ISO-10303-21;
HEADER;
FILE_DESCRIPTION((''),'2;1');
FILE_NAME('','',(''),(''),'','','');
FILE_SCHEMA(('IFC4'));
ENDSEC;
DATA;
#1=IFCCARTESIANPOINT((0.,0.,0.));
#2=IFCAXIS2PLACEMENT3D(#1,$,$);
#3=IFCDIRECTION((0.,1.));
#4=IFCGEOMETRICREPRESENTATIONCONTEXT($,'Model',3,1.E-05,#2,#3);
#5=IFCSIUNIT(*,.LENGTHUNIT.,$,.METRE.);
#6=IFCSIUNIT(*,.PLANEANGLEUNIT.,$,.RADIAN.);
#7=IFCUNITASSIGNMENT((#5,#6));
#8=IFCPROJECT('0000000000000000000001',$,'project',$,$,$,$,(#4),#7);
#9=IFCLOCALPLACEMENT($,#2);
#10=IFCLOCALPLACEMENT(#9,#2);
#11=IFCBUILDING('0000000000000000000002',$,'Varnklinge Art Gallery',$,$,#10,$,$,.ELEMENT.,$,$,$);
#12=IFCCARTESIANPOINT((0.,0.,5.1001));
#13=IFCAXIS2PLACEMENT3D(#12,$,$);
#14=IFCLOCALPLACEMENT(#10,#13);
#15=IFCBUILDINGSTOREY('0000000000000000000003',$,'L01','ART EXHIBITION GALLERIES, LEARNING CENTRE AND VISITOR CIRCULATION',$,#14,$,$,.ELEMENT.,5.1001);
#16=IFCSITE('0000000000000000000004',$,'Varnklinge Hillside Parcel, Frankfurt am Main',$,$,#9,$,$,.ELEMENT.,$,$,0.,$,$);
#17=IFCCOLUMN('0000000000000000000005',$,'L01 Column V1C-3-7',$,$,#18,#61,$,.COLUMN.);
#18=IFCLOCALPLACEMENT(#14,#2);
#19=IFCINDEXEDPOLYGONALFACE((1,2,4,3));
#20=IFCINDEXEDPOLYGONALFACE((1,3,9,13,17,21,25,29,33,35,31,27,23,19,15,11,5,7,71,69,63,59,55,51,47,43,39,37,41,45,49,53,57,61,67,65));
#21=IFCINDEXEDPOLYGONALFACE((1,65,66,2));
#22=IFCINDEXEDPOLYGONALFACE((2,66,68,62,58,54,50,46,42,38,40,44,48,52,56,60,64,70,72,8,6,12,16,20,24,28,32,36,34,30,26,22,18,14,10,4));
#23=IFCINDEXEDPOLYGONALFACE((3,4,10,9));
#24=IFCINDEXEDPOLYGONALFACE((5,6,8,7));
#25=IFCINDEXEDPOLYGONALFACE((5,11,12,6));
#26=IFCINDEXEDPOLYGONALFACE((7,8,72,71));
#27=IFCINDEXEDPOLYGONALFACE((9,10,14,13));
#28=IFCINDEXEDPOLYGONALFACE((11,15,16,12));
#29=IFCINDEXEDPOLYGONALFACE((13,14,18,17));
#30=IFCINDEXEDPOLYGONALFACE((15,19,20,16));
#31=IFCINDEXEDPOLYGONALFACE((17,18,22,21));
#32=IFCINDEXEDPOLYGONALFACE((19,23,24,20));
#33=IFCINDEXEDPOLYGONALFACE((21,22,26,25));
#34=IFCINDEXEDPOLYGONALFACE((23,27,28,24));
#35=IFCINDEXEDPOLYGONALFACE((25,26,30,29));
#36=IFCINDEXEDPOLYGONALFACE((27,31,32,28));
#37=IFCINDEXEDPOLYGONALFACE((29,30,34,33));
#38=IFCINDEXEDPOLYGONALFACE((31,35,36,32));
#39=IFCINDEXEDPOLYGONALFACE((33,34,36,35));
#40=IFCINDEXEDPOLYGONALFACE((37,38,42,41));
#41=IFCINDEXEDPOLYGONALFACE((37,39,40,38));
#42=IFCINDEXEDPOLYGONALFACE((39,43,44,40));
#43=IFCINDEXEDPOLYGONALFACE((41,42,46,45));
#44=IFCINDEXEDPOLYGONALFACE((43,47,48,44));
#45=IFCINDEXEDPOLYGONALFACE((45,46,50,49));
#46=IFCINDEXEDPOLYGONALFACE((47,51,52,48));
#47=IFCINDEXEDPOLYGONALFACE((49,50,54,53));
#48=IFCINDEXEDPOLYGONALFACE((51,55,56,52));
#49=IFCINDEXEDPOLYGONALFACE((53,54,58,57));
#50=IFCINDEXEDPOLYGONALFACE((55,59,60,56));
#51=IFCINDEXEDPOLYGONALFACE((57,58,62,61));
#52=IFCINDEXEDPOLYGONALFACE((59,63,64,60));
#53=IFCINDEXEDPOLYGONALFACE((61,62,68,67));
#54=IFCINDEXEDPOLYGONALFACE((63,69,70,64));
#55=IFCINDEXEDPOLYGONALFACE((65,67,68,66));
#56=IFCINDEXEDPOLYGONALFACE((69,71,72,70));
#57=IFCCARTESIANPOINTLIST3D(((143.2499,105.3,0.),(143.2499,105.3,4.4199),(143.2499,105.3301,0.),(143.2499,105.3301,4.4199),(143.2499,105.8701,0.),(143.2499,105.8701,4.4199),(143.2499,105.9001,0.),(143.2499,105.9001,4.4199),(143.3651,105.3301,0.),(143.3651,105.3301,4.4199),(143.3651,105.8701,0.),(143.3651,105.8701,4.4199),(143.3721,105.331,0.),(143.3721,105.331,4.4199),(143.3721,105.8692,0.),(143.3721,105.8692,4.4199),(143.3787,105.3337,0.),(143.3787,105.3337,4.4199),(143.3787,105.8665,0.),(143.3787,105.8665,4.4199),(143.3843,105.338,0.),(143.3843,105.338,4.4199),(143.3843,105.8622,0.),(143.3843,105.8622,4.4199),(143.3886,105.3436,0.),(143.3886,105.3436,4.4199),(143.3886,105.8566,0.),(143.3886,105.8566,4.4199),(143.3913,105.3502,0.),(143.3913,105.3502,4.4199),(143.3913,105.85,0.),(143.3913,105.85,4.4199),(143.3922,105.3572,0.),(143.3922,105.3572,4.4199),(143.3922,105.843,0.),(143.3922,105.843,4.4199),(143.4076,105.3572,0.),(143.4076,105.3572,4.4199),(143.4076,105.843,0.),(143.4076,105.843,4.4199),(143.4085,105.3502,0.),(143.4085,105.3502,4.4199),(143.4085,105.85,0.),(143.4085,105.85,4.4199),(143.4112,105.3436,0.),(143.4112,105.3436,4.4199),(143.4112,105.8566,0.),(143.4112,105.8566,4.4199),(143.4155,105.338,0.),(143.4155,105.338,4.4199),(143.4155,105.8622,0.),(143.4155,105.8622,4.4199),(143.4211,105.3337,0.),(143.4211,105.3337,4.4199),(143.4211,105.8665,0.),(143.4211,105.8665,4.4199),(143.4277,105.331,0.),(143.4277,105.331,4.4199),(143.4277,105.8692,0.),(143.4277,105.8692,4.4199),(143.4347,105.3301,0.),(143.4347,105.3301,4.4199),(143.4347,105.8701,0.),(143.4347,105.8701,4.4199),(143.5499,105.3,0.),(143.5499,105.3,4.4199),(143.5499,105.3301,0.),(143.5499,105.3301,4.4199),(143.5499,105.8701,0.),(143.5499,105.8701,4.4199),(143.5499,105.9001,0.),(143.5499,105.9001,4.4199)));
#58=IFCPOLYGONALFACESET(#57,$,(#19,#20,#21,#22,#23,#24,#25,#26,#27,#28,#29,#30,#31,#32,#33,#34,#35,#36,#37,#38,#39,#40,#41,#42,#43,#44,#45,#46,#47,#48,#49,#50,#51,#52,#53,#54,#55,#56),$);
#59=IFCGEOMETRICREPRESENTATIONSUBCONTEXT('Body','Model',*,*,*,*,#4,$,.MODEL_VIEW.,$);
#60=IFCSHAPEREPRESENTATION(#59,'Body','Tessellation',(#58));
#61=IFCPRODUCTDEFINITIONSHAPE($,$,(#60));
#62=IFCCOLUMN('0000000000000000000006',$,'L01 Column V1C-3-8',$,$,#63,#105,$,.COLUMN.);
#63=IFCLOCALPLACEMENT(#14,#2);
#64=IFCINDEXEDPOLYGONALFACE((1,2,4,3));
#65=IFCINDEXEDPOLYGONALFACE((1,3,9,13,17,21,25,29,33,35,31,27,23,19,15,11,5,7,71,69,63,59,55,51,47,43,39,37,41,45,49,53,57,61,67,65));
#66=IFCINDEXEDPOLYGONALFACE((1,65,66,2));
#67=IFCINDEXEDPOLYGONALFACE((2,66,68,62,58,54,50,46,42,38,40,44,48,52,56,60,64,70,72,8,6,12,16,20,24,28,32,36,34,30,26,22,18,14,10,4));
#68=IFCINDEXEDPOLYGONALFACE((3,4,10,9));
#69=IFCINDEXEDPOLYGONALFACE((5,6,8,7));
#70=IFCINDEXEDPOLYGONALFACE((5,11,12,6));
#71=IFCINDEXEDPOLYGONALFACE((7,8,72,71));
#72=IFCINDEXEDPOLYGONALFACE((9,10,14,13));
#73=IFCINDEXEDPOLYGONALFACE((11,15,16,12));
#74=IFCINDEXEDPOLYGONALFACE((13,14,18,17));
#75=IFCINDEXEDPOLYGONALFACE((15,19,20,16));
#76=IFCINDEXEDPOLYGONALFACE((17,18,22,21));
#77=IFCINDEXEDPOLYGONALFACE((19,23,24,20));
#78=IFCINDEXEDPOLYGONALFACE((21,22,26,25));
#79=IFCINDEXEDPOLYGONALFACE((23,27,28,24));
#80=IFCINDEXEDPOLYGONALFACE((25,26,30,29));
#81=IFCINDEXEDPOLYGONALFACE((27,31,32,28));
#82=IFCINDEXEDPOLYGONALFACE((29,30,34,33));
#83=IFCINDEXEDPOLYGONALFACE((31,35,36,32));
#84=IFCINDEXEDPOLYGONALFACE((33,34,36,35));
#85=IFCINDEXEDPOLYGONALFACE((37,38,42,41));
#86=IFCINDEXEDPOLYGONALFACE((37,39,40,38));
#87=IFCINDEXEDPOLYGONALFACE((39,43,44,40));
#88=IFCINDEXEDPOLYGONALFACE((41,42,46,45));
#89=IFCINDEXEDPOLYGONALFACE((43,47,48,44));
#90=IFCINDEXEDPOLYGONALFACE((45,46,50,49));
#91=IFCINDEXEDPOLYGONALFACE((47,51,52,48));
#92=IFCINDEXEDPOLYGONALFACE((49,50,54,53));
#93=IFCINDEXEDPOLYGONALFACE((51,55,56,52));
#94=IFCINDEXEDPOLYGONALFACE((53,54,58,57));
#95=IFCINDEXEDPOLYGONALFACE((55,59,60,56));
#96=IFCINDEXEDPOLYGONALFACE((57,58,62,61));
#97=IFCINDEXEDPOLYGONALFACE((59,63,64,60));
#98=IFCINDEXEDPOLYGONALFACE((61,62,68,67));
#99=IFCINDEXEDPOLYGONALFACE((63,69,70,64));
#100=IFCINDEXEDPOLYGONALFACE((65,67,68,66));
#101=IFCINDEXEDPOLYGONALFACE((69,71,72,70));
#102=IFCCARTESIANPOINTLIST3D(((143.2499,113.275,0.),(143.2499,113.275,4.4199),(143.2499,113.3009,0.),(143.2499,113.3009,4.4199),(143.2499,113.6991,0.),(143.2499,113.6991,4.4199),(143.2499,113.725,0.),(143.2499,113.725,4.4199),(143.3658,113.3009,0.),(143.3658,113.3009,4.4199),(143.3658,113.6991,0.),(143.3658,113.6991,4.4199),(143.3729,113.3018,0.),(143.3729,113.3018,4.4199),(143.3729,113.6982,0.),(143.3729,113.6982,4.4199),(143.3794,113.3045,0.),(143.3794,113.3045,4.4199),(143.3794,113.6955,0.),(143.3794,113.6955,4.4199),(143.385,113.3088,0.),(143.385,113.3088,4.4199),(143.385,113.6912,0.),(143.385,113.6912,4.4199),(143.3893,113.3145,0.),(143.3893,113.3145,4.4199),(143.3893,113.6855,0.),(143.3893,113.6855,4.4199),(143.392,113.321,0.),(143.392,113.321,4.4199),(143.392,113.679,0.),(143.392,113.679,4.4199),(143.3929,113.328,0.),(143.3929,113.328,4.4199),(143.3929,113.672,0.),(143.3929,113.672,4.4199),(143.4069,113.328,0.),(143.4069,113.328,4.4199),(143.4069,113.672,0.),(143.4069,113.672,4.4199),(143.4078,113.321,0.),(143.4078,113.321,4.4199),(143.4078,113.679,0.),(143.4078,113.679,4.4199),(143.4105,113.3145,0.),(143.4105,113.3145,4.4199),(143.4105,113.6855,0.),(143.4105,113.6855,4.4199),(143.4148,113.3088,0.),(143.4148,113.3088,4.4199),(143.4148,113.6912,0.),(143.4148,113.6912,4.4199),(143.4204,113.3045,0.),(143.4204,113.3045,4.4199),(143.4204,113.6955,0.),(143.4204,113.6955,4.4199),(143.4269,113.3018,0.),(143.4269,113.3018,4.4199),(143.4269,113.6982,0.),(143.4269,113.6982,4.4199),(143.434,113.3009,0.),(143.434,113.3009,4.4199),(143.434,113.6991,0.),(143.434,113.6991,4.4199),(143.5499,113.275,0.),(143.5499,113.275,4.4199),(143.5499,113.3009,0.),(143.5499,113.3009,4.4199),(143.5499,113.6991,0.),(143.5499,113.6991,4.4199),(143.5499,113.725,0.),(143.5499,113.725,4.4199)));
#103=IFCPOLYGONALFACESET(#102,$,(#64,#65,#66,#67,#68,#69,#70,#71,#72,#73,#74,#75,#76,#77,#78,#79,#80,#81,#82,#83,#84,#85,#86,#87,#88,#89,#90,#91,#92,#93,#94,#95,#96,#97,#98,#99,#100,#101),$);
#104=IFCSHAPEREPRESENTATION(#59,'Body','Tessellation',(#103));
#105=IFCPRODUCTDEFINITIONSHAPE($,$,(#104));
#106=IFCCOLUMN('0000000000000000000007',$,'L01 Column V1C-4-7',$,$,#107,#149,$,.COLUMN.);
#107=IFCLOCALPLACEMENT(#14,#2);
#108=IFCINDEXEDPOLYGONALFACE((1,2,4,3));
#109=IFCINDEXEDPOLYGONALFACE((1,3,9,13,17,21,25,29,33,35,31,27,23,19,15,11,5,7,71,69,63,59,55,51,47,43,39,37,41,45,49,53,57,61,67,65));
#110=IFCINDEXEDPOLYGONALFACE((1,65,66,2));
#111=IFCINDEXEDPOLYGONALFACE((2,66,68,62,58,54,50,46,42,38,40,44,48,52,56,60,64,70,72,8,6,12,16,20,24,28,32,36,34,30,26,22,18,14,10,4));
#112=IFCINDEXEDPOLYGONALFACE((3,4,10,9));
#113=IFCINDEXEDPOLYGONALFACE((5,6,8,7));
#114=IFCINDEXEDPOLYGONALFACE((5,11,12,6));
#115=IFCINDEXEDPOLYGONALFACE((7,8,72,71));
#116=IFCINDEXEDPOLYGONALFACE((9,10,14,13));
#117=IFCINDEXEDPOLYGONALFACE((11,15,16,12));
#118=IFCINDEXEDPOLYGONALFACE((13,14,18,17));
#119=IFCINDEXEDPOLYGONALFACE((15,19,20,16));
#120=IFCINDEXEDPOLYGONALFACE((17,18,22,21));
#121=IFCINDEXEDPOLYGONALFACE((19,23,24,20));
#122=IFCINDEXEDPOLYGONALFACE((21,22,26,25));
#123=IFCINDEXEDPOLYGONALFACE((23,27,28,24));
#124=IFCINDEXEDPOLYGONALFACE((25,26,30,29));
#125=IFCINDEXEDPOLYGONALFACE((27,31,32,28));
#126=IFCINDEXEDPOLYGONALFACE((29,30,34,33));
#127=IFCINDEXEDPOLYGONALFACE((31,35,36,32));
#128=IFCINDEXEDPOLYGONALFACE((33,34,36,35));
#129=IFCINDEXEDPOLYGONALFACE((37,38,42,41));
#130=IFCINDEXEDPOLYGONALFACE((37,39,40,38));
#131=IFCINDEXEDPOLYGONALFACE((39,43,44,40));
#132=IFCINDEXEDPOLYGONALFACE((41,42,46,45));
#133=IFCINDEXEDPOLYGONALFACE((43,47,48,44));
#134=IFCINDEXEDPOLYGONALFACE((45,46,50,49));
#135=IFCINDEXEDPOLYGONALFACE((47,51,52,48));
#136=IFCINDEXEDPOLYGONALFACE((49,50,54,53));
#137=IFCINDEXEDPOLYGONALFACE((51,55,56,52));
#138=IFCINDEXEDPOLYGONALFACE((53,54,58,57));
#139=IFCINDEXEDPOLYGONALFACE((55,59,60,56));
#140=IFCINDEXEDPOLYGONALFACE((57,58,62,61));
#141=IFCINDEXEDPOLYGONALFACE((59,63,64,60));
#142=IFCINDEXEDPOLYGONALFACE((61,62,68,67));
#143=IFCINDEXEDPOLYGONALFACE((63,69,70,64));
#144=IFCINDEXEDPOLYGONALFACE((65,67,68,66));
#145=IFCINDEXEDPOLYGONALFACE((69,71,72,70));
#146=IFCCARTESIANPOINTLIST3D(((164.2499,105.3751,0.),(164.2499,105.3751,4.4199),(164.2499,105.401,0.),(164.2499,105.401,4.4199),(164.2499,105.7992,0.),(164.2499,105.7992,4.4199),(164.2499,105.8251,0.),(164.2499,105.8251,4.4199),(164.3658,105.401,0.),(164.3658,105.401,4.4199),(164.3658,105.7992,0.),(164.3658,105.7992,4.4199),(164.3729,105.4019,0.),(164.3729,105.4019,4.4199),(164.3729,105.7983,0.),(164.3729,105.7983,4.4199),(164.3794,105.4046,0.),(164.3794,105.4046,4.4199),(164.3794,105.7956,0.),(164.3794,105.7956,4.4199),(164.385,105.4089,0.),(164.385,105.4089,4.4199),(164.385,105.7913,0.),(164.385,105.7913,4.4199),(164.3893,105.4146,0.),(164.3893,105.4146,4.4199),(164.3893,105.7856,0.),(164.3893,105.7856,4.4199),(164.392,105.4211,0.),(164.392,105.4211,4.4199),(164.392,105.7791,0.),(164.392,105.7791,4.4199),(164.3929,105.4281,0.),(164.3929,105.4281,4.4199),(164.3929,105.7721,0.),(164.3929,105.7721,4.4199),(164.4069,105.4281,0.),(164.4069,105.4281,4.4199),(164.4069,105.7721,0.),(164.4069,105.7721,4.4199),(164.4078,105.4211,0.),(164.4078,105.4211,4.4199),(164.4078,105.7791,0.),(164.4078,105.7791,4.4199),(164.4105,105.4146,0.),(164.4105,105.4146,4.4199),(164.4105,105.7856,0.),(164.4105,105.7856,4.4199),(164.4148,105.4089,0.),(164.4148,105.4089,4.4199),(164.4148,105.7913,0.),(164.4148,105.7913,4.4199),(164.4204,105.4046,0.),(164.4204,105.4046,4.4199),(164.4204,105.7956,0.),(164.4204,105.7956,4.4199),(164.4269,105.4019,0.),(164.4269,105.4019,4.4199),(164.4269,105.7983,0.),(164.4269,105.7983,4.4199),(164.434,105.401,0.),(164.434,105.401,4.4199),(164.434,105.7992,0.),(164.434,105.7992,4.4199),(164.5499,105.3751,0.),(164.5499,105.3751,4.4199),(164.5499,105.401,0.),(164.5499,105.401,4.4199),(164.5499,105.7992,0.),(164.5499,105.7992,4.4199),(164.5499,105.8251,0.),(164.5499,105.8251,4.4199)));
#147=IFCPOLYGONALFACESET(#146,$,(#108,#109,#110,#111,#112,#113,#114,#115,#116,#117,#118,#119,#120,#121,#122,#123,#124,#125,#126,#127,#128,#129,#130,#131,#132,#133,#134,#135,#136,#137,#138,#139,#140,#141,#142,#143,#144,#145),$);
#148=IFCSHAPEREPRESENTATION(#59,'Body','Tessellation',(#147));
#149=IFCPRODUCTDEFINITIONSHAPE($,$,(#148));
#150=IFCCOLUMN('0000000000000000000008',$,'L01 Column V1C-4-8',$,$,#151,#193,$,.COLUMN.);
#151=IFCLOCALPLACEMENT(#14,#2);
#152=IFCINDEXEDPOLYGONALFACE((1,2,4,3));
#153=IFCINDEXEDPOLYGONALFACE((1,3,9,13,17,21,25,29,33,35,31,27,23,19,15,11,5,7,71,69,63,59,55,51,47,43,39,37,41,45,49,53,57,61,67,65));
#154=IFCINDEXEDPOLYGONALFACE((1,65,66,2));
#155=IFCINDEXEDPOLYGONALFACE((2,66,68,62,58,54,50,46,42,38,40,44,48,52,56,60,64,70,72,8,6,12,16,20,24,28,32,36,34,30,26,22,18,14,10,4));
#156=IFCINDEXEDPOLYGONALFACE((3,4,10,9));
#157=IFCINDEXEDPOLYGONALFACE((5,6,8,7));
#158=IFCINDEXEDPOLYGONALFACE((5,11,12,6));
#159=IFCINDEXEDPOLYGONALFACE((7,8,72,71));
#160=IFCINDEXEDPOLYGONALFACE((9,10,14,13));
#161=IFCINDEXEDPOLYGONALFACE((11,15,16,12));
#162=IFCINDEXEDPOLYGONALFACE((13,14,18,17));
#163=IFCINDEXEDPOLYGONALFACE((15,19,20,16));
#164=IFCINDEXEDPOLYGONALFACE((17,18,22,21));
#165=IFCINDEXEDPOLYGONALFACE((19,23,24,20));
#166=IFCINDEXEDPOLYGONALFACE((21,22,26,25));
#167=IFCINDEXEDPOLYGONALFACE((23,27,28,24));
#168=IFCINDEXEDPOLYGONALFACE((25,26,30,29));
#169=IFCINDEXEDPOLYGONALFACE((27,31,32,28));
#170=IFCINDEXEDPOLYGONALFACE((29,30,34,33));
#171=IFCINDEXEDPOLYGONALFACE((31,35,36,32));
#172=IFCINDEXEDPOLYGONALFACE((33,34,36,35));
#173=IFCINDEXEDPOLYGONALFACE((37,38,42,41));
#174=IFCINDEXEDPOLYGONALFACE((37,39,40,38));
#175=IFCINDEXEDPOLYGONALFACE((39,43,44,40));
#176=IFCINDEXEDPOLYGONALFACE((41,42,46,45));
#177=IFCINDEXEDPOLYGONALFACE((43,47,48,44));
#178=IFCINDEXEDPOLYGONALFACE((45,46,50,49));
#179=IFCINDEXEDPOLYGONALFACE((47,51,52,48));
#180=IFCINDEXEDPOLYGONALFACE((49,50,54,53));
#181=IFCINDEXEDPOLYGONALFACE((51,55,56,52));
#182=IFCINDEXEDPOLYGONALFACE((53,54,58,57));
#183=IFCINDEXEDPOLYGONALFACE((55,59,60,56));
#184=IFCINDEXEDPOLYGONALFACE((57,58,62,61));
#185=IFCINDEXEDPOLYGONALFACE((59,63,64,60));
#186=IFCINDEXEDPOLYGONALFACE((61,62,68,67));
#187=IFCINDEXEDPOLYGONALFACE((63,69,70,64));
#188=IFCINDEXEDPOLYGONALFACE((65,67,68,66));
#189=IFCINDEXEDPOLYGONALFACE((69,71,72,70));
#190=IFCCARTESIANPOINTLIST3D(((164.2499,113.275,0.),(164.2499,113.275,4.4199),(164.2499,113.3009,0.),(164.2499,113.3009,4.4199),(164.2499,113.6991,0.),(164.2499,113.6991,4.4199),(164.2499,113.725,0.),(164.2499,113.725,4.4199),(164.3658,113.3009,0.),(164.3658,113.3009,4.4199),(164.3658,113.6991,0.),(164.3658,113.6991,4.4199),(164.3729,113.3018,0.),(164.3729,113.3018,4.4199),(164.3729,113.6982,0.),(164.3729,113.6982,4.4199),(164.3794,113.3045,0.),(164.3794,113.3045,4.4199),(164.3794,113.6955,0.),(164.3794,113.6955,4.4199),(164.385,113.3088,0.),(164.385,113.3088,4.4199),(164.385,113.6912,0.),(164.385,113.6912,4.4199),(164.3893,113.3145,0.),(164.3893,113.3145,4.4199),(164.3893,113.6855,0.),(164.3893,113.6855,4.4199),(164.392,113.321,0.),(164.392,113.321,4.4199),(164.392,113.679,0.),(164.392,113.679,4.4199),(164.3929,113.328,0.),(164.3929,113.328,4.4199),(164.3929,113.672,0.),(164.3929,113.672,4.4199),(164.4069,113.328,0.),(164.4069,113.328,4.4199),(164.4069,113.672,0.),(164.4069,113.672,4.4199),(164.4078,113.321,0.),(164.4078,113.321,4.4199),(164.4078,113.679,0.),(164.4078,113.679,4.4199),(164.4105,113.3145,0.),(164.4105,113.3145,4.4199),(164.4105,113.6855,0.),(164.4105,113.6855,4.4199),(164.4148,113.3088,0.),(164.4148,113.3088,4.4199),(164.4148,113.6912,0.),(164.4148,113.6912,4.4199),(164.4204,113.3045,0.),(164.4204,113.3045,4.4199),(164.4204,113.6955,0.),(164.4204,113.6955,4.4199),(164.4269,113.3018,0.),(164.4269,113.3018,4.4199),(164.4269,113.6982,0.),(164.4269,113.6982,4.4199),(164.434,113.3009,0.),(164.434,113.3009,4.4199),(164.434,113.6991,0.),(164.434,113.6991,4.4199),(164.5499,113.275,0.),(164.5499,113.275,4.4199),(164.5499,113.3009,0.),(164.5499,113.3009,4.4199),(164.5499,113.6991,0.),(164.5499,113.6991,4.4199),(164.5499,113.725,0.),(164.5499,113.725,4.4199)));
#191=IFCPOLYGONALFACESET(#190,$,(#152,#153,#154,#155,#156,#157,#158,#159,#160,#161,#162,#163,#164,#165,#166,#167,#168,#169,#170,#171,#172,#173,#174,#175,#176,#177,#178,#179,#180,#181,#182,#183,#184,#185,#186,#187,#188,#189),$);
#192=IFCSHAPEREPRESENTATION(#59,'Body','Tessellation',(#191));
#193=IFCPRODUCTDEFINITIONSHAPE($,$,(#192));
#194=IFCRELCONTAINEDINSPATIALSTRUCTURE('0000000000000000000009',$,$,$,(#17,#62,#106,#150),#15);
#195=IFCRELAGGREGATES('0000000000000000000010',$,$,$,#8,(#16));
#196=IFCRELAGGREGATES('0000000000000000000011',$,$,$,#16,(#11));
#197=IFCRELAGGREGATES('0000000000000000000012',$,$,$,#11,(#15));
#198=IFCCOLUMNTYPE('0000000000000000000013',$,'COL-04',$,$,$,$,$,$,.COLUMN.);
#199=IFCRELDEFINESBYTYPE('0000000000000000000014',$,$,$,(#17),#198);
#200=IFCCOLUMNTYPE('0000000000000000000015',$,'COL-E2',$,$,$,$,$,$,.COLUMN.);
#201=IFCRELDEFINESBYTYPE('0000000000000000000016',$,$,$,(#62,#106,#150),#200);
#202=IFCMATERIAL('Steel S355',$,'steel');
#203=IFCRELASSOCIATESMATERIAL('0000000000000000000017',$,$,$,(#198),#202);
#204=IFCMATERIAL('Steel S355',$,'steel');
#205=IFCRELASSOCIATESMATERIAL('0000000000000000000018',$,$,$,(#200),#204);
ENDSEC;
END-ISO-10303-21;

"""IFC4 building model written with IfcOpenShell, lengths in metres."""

from ifc_helpers import new_model, si_unit, direction, frame, origin, origin_2d, place, context, subcontext, project, spatial, i_section, extrude, material, material_profile, profile_set, type_object, element, save


model = new_model("IFC4")

# Units and contexts
model_context = context("Model", 3, precision=1e-05, world=origin(), true_north=direction((0.0, 1.0)))
body_context = subcontext(model_context, "Body", "Model", "MODEL_VIEW")
ifc_project = project(units=[si_unit("LENGTHUNIT", "METRE"), si_unit("PLANEANGLEUNIT", "RADIAN")], contexts=[model_context])

# Site, building, storey
site_placement = place(None, origin())
site = spatial("IfcSite", under=ifc_project, at=site_placement, Name="Varnklinge Hillside Parcel, Frankfurt am Main", CompositionType="ELEMENT", RefElevation=0.0)
building_placement = place(site_placement, origin())
building = spatial("IfcBuilding", under=site, at=building_placement, Name="Varnklinge Art Gallery", CompositionType="ELEMENT")
storey_placement = place(building_placement, frame((0.0, 0.0, 5.1001)))
storey = spatial("IfcBuildingStorey", under=building, at=storey_placement, Name="L01", Description="ART EXHIBITION GALLERIES, LEARNING CENTRE AND VISITOR CIRCULATION", CompositionType="ELEMENT", Elevation=5.1001)

# Columns
ifc_material_1 = material(Name="Steel S355", Category="steel")
ifc_material_profile_1 = material_profile(ifc_material_1, i_section(OverallWidth=0.3, OverallDepth=0.6001, WebThickness=0.0154, FlangeThickness=0.03, FilletRadius=0.0271, at=origin_2d()), Name="HEB 600")
ifc_profile_set_1 = profile_set([ifc_material_profile_1], Name="Steel S355")
column_type_1 = type_object("IfcColumnType", Name="COL-04", PredefinedType="COLUMN", material=ifc_profile_set_1)
column_placement = place(storey_placement, frame((143.3999, 105.6001, 0.0), z_axis=(0.0, 0.0, 1.0), x_axis=(1.0, 0.0, 0.0)))
element("IfcColumn", 1, at=column_placement, inside=storey, type_object=column_type_1, Name="L01 Column V1C-3-7", PredefinedType="COLUMN", context=body_context, shape_type="SweptSolid", body=[
    extrude(i_section(OverallWidth=0.3, OverallDepth=0.6001, WebThickness=0.0154, FlangeThickness=0.03, FilletRadius=0.0271, at=origin_2d()), origin(), (0.0, 0.0, 1.0), 4.4199),
])
ifc_material_2 = material(Name="Steel S355", Category="steel")
ifc_material_profile_2 = material_profile(ifc_material_2, i_section(OverallWidth=0.3, OverallDepth=0.45, WebThickness=0.0139, FlangeThickness=0.0259, FilletRadius=0.0271, at=origin_2d()), Name="HEB 450")
ifc_profile_set_2 = profile_set([ifc_material_profile_2], Name="Steel S355")
column_type_2 = type_object("IfcColumnType", Name="COL-E2", PredefinedType="COLUMN", material=ifc_profile_set_2)
for number, where, z_axis, x_axis, name in (
    (2, (143.3999, 113.5, 0.0), (0.0, 0.0, 1.0), (1.0, 0.0, 0.0), "L01 Column V1C-3-8"),
    (3, (164.3999, 105.6001, 0.0), (0.0, 0.0, 1.0), (1.0, 0.0, 0.0), "L01 Column V1C-4-7"),
    (4, (164.3999, 113.5, 0.0), (0.0, 0.0, 1.0), (1.0, 0.0, 0.0), "L01 Column V1C-4-8"),
):
    element("IfcColumn", number, at=place(storey_placement, frame(where, z_axis=z_axis, x_axis=x_axis)), inside=storey, type_object=column_type_2, Name=name, PredefinedType="COLUMN", context=body_context, shape_type="SweptSolid", body=[
        extrude(i_section(OverallWidth=0.3, OverallDepth=0.45, WebThickness=0.0139, FlangeThickness=0.0259, FilletRadius=0.0271, at=origin_2d()), origin(), (0.0, 0.0, 1.0), 4.4199),
    ])

save(model, "model.ifc")
